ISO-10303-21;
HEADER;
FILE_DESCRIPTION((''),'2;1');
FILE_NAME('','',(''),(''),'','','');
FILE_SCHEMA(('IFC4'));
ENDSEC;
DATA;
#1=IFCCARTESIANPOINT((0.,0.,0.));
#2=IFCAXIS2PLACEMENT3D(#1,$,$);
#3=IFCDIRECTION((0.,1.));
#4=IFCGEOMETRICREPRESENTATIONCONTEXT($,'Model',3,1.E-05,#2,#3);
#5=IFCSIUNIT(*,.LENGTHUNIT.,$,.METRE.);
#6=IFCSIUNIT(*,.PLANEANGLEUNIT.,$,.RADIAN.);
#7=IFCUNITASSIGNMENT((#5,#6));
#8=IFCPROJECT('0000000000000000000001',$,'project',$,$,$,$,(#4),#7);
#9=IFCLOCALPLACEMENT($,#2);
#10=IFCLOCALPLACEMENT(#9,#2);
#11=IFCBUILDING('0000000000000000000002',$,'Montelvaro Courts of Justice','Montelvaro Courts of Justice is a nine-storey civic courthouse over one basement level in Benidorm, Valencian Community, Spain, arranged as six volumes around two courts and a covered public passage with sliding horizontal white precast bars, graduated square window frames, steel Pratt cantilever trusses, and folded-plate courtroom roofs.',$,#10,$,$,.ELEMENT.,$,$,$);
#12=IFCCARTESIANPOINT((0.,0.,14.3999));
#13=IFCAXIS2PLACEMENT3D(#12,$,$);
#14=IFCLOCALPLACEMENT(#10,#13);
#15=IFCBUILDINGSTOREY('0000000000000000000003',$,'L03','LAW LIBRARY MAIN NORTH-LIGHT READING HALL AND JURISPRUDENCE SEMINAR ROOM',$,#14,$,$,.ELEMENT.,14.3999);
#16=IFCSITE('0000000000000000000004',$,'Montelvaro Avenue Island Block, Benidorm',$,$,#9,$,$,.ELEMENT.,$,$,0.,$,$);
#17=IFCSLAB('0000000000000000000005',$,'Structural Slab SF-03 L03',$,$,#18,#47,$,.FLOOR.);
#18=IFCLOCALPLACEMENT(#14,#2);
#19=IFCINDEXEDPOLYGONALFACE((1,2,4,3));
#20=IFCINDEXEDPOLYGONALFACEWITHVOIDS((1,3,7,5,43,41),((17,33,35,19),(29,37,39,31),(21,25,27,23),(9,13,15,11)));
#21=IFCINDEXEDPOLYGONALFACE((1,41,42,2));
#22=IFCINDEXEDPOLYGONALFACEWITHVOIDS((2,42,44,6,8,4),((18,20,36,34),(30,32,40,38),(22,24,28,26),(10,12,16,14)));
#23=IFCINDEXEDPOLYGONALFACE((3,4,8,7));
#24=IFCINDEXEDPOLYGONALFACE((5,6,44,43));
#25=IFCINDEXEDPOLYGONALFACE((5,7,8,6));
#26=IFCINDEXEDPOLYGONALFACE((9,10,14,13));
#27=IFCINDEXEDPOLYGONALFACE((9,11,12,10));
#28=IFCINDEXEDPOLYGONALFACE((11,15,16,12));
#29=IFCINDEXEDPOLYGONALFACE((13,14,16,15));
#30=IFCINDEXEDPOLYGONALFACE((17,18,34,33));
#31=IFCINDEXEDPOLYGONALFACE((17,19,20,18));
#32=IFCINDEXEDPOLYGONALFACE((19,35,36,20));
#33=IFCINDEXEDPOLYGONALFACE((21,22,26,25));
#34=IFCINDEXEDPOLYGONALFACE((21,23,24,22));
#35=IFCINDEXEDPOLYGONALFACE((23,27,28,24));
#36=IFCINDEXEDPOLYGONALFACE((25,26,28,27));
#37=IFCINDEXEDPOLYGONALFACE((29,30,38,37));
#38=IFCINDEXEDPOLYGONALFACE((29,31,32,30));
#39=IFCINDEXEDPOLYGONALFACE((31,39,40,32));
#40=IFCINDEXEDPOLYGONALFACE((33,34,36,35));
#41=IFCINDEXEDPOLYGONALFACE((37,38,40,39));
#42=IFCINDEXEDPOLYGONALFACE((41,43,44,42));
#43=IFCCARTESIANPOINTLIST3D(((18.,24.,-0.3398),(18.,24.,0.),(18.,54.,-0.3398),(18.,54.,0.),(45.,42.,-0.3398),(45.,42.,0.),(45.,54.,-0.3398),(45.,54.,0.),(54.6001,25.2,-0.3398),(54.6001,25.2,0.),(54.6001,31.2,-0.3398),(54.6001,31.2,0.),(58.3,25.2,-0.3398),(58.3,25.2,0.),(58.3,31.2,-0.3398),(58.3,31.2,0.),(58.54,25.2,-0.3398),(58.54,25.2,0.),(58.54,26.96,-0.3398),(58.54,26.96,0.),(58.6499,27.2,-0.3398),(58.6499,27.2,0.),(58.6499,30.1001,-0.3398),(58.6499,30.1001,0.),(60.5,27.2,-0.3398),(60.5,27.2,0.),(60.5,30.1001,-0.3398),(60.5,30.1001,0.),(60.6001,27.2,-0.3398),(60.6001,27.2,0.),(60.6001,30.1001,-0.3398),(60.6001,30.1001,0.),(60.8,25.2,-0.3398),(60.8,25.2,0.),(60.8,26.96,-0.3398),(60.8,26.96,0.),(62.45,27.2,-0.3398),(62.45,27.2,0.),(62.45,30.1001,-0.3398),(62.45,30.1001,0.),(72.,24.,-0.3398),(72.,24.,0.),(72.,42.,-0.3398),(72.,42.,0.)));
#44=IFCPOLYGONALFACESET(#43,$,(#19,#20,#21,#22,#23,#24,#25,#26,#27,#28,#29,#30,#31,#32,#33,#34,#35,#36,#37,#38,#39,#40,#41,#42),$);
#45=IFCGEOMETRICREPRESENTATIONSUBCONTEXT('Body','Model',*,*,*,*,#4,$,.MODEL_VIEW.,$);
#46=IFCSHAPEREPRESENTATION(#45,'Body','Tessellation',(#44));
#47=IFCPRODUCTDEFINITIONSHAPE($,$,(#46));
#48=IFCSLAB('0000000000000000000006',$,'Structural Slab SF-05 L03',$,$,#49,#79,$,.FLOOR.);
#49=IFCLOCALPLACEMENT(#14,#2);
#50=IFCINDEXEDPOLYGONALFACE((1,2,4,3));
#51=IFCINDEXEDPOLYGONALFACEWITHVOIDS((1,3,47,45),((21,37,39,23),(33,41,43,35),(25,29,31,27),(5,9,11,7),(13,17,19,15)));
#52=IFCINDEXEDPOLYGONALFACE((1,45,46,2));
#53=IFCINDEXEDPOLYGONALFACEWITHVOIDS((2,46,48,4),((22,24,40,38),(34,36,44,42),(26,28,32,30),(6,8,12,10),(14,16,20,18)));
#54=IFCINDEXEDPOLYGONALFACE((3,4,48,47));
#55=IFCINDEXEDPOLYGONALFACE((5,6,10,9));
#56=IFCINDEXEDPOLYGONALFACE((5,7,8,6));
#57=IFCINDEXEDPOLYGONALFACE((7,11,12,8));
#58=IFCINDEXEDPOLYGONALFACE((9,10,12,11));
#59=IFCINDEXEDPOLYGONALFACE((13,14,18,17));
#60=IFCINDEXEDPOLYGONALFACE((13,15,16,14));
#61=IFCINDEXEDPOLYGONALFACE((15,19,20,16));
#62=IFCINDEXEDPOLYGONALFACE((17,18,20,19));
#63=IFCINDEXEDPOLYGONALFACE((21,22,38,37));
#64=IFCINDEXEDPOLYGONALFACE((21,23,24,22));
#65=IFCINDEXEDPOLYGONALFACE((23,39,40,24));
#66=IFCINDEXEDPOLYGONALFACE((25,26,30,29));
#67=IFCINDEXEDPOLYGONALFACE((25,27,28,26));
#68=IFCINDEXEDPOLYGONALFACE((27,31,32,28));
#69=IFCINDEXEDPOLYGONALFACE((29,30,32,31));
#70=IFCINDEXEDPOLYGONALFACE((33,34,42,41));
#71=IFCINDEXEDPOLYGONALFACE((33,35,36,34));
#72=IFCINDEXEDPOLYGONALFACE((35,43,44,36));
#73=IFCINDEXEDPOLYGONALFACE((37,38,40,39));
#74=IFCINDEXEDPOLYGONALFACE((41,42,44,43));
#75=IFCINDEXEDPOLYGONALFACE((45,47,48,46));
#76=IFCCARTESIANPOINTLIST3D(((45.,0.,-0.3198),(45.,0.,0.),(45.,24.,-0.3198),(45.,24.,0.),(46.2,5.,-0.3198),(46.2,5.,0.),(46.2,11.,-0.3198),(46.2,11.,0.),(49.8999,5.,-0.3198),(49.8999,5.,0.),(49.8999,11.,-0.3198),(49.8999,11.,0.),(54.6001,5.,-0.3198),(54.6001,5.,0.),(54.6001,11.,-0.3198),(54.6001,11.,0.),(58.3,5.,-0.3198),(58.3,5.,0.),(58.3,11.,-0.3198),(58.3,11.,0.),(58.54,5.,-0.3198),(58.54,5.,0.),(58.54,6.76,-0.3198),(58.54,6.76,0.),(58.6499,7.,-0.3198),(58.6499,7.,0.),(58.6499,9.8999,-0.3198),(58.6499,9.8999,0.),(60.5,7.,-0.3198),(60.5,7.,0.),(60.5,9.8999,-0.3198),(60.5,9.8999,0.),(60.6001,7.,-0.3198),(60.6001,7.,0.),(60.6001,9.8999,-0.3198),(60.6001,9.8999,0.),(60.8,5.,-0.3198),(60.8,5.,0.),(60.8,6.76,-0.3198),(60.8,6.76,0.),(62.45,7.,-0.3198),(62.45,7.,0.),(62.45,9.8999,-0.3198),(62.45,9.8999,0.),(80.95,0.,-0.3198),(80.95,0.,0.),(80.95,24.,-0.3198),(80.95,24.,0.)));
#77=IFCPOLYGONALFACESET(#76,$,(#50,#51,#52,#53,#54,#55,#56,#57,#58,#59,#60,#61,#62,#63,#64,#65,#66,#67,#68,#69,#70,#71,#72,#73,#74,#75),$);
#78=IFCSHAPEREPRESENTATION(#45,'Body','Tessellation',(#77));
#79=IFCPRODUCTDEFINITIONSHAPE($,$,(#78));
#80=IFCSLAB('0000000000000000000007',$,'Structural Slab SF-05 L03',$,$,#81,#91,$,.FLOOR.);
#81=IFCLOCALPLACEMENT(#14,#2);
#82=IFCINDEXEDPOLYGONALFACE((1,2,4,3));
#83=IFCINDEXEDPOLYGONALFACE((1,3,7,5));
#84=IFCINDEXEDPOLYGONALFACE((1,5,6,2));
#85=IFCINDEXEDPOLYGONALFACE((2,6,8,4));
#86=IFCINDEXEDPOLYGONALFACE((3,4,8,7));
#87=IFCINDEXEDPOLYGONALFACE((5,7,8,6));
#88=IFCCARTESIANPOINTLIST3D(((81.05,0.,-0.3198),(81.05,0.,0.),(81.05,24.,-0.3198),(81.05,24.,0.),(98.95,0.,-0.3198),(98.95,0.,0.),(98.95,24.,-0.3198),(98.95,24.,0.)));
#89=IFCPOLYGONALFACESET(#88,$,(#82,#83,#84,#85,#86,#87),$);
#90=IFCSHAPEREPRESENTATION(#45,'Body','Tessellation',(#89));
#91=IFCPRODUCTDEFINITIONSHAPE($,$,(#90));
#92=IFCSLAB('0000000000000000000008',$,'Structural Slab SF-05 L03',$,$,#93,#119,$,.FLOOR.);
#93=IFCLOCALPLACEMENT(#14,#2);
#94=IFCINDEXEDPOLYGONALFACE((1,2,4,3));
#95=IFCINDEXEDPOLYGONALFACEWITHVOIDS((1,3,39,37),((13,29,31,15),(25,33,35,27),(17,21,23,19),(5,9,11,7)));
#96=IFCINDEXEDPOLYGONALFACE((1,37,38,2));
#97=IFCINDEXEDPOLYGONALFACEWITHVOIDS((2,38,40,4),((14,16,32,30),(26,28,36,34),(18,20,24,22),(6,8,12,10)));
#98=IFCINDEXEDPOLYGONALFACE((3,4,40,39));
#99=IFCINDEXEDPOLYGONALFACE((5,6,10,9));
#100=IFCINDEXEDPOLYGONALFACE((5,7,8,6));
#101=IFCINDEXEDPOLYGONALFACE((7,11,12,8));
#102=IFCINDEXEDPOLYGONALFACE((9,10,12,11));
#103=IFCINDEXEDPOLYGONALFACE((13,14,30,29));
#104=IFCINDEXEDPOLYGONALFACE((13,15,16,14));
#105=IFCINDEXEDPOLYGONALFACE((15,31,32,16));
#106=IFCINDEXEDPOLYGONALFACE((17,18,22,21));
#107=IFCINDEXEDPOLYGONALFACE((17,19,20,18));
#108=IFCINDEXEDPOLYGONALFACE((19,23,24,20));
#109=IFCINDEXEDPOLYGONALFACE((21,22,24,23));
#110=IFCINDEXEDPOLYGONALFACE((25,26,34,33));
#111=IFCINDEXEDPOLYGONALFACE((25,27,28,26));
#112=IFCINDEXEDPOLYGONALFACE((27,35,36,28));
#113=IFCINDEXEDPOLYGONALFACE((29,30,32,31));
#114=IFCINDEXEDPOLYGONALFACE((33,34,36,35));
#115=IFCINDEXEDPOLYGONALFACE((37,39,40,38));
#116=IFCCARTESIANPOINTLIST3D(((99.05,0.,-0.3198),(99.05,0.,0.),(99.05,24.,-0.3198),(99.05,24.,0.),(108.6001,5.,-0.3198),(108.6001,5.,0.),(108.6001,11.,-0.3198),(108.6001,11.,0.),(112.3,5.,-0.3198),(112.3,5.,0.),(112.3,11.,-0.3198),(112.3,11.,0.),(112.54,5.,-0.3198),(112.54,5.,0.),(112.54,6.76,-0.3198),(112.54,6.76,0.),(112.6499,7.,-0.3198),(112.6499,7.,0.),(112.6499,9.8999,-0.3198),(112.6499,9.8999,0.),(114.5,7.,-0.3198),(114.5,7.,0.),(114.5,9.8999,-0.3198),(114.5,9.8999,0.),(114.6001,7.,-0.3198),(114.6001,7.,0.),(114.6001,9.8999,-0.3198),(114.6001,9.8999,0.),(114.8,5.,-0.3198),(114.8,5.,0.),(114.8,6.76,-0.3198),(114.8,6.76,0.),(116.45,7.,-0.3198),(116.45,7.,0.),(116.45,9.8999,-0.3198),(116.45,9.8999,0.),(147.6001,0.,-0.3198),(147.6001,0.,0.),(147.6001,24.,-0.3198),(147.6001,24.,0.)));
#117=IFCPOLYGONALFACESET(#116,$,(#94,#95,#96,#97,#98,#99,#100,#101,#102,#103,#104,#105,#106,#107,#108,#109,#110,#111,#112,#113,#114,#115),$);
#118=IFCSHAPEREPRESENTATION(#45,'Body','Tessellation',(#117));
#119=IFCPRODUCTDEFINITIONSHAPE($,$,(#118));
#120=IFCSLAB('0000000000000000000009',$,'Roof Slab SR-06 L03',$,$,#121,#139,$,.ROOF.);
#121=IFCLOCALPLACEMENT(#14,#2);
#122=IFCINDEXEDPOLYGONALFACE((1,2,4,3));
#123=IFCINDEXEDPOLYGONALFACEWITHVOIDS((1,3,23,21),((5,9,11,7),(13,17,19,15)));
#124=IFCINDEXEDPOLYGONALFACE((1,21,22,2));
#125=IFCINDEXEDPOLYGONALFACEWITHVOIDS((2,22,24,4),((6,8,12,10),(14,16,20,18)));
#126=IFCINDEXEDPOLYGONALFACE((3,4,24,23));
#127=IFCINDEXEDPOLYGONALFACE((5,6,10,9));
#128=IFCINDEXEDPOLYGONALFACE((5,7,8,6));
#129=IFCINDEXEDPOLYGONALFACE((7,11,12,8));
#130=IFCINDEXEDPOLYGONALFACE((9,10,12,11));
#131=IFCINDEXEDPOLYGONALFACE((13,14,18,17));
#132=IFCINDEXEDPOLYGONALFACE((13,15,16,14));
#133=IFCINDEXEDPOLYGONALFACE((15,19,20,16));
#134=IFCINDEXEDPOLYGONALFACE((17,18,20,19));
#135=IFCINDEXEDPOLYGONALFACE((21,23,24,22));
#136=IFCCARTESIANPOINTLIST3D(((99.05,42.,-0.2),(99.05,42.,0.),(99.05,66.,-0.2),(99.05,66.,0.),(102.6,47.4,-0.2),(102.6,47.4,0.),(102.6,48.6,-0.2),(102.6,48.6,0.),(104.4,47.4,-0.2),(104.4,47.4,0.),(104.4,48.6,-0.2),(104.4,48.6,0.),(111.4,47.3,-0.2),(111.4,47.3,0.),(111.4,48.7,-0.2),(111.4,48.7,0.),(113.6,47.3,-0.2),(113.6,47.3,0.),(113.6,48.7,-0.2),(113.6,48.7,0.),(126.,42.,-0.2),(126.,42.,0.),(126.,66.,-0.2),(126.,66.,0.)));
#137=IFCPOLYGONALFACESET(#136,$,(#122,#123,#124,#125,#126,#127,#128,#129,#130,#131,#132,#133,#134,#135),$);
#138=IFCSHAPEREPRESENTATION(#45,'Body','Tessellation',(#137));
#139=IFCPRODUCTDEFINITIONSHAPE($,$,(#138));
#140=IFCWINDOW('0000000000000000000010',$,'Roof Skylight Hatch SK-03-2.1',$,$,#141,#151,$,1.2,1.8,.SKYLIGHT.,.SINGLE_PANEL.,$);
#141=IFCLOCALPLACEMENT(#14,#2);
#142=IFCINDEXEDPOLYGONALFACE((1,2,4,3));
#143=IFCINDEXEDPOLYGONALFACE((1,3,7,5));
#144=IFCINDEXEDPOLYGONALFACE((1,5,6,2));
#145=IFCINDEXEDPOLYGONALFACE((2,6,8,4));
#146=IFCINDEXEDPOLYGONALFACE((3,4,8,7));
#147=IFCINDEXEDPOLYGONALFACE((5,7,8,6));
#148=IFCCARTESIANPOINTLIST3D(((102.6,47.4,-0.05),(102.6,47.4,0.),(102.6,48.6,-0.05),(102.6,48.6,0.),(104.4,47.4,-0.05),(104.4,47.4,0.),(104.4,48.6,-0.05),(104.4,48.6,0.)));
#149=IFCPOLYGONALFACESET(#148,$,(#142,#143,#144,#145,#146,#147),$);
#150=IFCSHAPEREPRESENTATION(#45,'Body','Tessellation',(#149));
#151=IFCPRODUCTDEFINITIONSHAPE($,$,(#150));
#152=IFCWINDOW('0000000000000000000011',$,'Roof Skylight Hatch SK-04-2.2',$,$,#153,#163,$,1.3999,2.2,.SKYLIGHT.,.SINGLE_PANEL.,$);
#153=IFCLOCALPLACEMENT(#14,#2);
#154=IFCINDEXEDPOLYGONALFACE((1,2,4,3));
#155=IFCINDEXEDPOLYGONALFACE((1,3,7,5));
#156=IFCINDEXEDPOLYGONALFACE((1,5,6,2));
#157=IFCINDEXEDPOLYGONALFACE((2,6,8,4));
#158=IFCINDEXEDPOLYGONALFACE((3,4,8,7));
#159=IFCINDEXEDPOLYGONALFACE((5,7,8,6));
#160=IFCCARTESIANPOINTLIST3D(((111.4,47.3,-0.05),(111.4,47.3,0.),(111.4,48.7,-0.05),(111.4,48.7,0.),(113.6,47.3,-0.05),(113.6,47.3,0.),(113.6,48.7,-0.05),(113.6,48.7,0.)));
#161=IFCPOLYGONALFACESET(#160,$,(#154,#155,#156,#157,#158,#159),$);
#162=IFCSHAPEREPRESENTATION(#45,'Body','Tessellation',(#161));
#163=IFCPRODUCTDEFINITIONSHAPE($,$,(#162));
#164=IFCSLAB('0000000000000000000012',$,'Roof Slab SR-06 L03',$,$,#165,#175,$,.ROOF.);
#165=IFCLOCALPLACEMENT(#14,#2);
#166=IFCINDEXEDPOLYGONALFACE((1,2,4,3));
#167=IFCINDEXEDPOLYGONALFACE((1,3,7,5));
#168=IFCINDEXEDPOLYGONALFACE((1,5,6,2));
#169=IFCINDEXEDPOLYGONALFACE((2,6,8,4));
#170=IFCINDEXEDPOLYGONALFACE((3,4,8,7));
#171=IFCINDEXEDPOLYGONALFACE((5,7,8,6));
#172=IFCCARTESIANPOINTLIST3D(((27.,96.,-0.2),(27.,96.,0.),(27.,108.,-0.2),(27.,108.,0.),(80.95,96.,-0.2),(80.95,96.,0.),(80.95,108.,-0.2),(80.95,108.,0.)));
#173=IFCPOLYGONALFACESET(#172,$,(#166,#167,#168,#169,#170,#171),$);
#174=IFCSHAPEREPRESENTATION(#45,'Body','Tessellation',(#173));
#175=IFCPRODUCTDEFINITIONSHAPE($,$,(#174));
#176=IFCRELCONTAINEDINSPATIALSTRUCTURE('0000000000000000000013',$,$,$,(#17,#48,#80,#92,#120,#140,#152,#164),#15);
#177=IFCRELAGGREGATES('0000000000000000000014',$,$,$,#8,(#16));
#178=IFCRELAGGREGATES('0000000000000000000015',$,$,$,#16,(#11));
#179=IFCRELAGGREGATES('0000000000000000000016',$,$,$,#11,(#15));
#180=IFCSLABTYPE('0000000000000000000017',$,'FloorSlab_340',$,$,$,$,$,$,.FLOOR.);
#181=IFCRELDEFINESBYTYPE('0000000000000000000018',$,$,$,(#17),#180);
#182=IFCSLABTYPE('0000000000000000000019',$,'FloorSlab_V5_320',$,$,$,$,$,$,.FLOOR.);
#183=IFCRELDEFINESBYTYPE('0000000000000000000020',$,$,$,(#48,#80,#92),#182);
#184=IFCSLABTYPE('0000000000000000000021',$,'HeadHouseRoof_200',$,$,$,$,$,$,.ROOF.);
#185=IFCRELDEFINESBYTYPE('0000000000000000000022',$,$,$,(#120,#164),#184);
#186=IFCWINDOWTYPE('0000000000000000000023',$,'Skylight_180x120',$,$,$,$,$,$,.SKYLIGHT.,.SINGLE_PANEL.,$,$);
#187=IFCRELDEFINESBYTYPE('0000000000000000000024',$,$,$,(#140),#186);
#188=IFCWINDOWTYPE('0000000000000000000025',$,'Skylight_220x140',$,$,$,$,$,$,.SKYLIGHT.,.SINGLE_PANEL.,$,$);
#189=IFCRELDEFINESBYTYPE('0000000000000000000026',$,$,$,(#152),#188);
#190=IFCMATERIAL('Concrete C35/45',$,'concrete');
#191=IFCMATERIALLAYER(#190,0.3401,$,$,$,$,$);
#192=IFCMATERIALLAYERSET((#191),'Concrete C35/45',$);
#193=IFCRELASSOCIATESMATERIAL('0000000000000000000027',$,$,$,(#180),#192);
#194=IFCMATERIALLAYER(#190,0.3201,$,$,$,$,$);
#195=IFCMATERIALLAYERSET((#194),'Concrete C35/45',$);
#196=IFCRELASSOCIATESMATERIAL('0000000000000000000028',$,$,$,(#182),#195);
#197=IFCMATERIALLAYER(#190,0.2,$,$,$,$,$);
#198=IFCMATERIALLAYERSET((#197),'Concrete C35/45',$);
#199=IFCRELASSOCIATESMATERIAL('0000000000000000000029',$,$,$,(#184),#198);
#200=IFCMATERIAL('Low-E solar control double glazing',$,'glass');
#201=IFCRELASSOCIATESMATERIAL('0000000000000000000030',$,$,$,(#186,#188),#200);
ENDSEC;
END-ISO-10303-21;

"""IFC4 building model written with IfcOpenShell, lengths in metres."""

from ifc_helpers import new_model, si_unit, direction, frame, origin, origin_2d, place, context, subcontext, project, spatial, polyline, rectangle, outline, extrude, material, layer, layer_set, type_object, element, fill, save


model = new_model("IFC4")

# Units and contexts
model_context = context("Model", 3, precision=1e-05, world=origin(), true_north=direction((0.0, 1.0)))
body_context = subcontext(model_context, "Body", "Model", "MODEL_VIEW")
ifc_project = project(units=[si_unit("LENGTHUNIT", "METRE"), si_unit("PLANEANGLEUNIT", "RADIAN")], contexts=[model_context])

# Site, building, storey
site_placement = place(None, origin())
site = spatial("IfcSite", under=ifc_project, at=site_placement, Name="Montelvaro Avenue Island Block, Benidorm", CompositionType="ELEMENT", RefElevation=0.0)
building_placement = place(site_placement, origin())
building = spatial("IfcBuilding", under=site, at=building_placement, Name="Montelvaro Courts of Justice", Description="Montelvaro Courts of Justice is a nine-storey civic courthouse over one basement level in Benidorm, Valencian Community, Spain, arranged as six volumes around two courts and a covered public passage with sliding horizontal white precast bars, graduated square window frames, steel Pratt cantilever trusses, and folded-plate courtroom roofs.", CompositionType="ELEMENT")
storey_placement = place(building_placement, frame((0.0, 0.0, 14.3999)))
storey = spatial("IfcBuildingStorey", under=building, at=storey_placement, Name="L03", Description="LAW LIBRARY MAIN NORTH-LIGHT READING HALL AND JURISPRUDENCE SEMINAR ROOM", CompositionType="ELEMENT", Elevation=14.3999)

# Shared definitions
ifc_material_1 = material(Name="Low-E solar control double glazing", Category="glass")

# Slabs
ifc_material_2 = material(Name="Concrete C35/45", Category="concrete")
ifc_layer_1 = layer(ifc_material_2, 0.3401)
ifc_layer_set_1 = layer_set([ifc_layer_1], Name="Concrete C35/45")
slab_type_1 = type_object("IfcSlabType", Name="FloorSlab_340", PredefinedType="FLOOR", material=ifc_layer_set_1)
slab_1_placement = place(storey_placement, frame((0.0, 0.0, -0.3398)))
element("IfcSlab", 1, at=slab_1_placement, inside=storey, type_object=slab_type_1, Name="Structural Slab SF-03 L03", PredefinedType="FLOOR", context=body_context, shape_type="SweptSolid", body=[
    extrude(outline(polyline([(18.0, 24.0), (72.0, 24.0), (72.0, 42.0), (45.0, 42.0), (45.0, 54.0), (18.0, 54.0), (18.0, 24.0)]), holes=[polyline([(54.6001, 25.2), (58.3, 25.2), (58.3, 31.2), (54.6001, 31.2), (54.6001, 25.2)]), polyline([(58.54, 25.2), (60.8, 25.2), (60.8, 26.96), (58.54, 26.96), (58.54, 25.2)]), polyline([(58.6499, 27.2), (60.5, 27.2), (60.5, 30.1001), (58.6499, 30.1001), (58.6499, 27.2)]), polyline([(60.6001, 27.2), (62.45, 27.2), (62.45, 30.1001), (60.6001, 30.1001), (60.6001, 27.2)])]), origin(), (0.0, 0.0, 1.0), 0.3398),
])
ifc_layer_2 = layer(ifc_material_2, 0.3201)
ifc_layer_set_2 = layer_set([ifc_layer_2], Name="Concrete C35/45")
slab_type_2 = type_object("IfcSlabType", Name="FloorSlab_V5_320", PredefinedType="FLOOR", material=ifc_layer_set_2)
slab_2_placement = place(storey_placement, frame((0.0, 0.0, -0.3198)))
element("IfcSlab", 2, at=slab_2_placement, inside=storey, type_object=slab_type_2, Name="Structural Slab SF-05 L03", PredefinedType="FLOOR", context=body_context, shape_type="SweptSolid", body=[
    extrude(outline(polyline([(45.0, 0.0), (80.95, 0.0), (80.95, 24.0), (45.0, 24.0), (45.0, 0.0)]), holes=[polyline([(54.6001, 5.0), (58.3, 5.0), (58.3, 11.0), (54.6001, 11.0), (54.6001, 5.0)]), polyline([(58.54, 5.0), (60.8, 5.0), (60.8, 6.76), (58.54, 6.76), (58.54, 5.0)]), polyline([(58.6499, 7.0), (60.5, 7.0), (60.5, 9.8999), (58.6499, 9.8999), (58.6499, 7.0)]), polyline([(60.6001, 7.0), (62.45, 7.0), (62.45, 9.8999), (60.6001, 9.8999), (60.6001, 7.0)]), polyline([(46.2, 5.0), (49.8999, 5.0), (49.8999, 11.0), (46.2, 11.0), (46.2, 5.0)])]), origin(), (0.0, 0.0, 1.0), 0.3198),
])
slab_3_placement = place(storey_placement, frame((0.0, 0.0, -0.3198)))
element("IfcSlab", 3, at=slab_3_placement, inside=storey, type_object=slab_type_2, Name="Structural Slab SF-05 L03", PredefinedType="FLOOR", context=body_context, shape_type="SweptSolid", body=[
    extrude(outline(polyline([(81.05, 0.0), (98.95, 0.0), (98.95, 24.0), (81.05, 24.0), (81.05, 0.0)])), origin(), (0.0, 0.0, 1.0), 0.3198),
])
slab_4_placement = place(storey_placement, frame((0.0, 0.0, -0.3198)))
element("IfcSlab", 4, at=slab_4_placement, inside=storey, type_object=slab_type_2, Name="Structural Slab SF-05 L03", PredefinedType="FLOOR", context=body_context, shape_type="SweptSolid", body=[
    extrude(outline(polyline([(99.05, 0.0), (147.6001, 0.0), (147.6001, 24.0), (99.05, 24.0), (99.05, 0.0)]), holes=[polyline([(108.6001, 5.0), (112.3, 5.0), (112.3, 11.0), (108.6001, 11.0), (108.6001, 5.0)]), polyline([(112.54, 5.0), (114.8, 5.0), (114.8, 6.76), (112.54, 6.76), (112.54, 5.0)]), polyline([(112.6499, 7.0), (114.5, 7.0), (114.5, 9.8999), (112.6499, 9.8999), (112.6499, 7.0)]), polyline([(114.6001, 7.0), (116.45, 7.0), (116.45, 9.8999), (114.6001, 9.8999), (114.6001, 7.0)])]), origin(), (0.0, 0.0, 1.0), 0.3198),
])

# Slab, openings, windows
ifc_layer_3 = layer(ifc_material_2, 0.2)
ifc_layer_set_3 = layer_set([ifc_layer_3], Name="Concrete C35/45")
slab_type_3 = type_object("IfcSlabType", Name="HeadHouseRoof_200", PredefinedType="ROOF", material=ifc_layer_set_3)
slab_5_placement = place(storey_placement, frame((0.0, 0.0, -0.2)))
slab_5 = element("IfcSlab", 5, at=slab_5_placement, inside=storey, type_object=slab_type_3, Name="Roof Slab SR-06 L03", PredefinedType="ROOF", context=body_context, shape_type="SweptSolid", body=[
    extrude(outline(polyline([(99.05, 42.0), (126.0, 42.0), (126.0, 66.0), (99.05, 66.0), (99.05, 42.0)])), origin(), (0.0, 0.0, 1.0), 0.2),
])
opening_1_placement = place(slab_5_placement, frame((103.5, 48.0, -0.0149)))
opening_1 = element("IfcOpeningElement", 6, at=opening_1_placement, cuts=slab_5, PredefinedType="OPENING", context=body_context, shape_type="SweptSolid", body=[
    extrude(rectangle(XDim=1.8, YDim=1.2, at=origin_2d()), origin(), (0.0, 0.0, 1.0), 0.2297),
])
opening_2_placement = place(slab_5_placement, frame((112.5, 48.0, -0.0149)))
opening_2 = element("IfcOpeningElement", 7, at=opening_2_placement, cuts=slab_5, PredefinedType="OPENING", context=body_context, shape_type="SweptSolid", body=[
    extrude(rectangle(XDim=2.2, YDim=1.3999, at=origin_2d()), origin(), (0.0, 0.0, 1.0), 0.2297),
])
window_type_1 = type_object("IfcWindowType", Name="Skylight_180x120", PartitioningType="SINGLE_PANEL", PredefinedType="SKYLIGHT", material=ifc_material_1)
window_1_placement = place(slab_5_placement, frame((103.5, 48.0, 0.1499)))
window_1 = element("IfcWindow", 8, at=window_1_placement, inside=storey, type_object=window_type_1, Name="Roof Skylight Hatch SK-03-2.1", OverallHeight=1.2, OverallWidth=1.8, PartitioningType="SINGLE_PANEL", PredefinedType="SKYLIGHT", context=body_context, shape_type="SweptSolid", body=[
    extrude(rectangle(XDim=1.8, YDim=1.2, at=origin_2d()), origin(), (0.0, 0.0, 1.0), 0.05),
])
fill(opening_1, window_1)
window_type_2 = type_object("IfcWindowType", Name="Skylight_220x140", PartitioningType="SINGLE_PANEL", PredefinedType="SKYLIGHT", material=ifc_material_1)
window_2_placement = place(slab_5_placement, frame((112.5, 48.0, 0.1499)))
window_2 = element("IfcWindow", 9, at=window_2_placement, inside=storey, type_object=window_type_2, Name="Roof Skylight Hatch SK-04-2.2", OverallHeight=1.3999, OverallWidth=2.2, PartitioningType="SINGLE_PANEL", PredefinedType="SKYLIGHT", context=body_context, shape_type="SweptSolid", body=[
    extrude(rectangle(XDim=2.2, YDim=1.3999, at=origin_2d()), origin(), (0.0, 0.0, 1.0), 0.05),
])
fill(opening_2, window_2)

# Slab
slab_6_placement = place(storey_placement, frame((0.0, 0.0, -0.2)))
element("IfcSlab", 10, at=slab_6_placement, inside=storey, type_object=slab_type_3, Name="Roof Slab SR-06 L03", PredefinedType="ROOF", context=body_context, shape_type="SweptSolid", body=[
    extrude(outline(polyline([(27.0, 96.0), (80.95, 96.0), (80.95, 108.0), (27.0, 108.0), (27.0, 96.0)])), origin(), (0.0, 0.0, 1.0), 0.2),
])

save(model, "model.ifc")
